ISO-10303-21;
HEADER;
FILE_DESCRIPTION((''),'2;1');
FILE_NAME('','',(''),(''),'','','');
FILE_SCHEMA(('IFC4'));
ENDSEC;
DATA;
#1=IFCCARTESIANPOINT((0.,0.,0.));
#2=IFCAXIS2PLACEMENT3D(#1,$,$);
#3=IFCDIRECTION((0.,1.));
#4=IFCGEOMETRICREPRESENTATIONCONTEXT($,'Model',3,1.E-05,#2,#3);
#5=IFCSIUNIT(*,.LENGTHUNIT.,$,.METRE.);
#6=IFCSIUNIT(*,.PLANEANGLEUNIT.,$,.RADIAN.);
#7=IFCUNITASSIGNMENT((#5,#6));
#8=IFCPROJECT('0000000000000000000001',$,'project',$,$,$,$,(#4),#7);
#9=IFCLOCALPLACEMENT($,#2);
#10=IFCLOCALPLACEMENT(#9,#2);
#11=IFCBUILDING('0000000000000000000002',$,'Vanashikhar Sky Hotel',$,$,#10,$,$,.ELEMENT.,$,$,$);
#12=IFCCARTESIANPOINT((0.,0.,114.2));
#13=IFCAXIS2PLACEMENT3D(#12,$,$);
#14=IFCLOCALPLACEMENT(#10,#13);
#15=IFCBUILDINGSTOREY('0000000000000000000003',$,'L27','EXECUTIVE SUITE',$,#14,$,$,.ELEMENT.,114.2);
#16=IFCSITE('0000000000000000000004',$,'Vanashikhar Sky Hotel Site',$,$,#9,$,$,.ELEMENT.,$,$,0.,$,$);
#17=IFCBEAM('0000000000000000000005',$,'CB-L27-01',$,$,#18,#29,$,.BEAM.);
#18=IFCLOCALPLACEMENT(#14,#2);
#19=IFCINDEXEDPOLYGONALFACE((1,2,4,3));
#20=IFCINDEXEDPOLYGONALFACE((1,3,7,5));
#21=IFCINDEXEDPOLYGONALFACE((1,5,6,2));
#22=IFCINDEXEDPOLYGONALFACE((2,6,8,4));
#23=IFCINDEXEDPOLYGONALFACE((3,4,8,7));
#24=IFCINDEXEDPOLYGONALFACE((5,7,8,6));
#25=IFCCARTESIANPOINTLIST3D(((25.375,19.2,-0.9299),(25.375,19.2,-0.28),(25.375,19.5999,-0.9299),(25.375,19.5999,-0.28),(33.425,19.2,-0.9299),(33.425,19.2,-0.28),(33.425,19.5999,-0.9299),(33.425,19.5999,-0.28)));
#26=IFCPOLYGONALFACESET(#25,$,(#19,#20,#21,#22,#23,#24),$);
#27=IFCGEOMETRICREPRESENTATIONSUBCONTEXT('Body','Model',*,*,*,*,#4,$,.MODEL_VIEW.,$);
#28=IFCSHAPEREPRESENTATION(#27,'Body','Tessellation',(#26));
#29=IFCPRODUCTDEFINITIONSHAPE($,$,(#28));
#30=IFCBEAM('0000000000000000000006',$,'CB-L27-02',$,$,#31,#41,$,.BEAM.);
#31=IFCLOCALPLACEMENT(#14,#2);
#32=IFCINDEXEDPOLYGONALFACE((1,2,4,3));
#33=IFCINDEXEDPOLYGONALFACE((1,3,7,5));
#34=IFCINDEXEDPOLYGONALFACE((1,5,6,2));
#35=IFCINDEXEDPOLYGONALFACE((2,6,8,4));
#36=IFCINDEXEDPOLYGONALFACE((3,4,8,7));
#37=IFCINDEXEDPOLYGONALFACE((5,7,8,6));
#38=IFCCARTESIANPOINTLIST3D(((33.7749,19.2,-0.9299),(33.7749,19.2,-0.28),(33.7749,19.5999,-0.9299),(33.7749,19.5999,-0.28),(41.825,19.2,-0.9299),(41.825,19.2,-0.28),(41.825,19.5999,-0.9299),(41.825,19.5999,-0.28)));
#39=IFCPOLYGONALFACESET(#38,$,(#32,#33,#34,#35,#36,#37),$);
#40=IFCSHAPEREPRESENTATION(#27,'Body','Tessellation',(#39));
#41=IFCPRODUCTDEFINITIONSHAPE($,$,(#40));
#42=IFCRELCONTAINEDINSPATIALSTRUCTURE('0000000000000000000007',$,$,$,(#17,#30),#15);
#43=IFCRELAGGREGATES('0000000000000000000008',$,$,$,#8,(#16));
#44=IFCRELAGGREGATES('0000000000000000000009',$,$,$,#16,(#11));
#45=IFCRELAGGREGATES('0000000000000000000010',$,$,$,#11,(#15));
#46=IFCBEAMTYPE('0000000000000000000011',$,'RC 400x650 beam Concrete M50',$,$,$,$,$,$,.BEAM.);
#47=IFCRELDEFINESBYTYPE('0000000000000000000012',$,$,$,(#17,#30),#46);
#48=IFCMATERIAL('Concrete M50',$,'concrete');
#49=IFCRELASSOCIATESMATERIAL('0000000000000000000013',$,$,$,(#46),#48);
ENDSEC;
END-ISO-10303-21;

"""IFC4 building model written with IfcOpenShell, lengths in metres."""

from ifc_helpers import new_model, si_unit, direction, frame, origin, origin_2d, place, context, subcontext, project, spatial, rectangle, extrude, source, transform, mapped, material, material_profile, profile_set, type_object, element, save


model = new_model("IFC4")

# Units and contexts
model_context = context("Model", 3, precision=1e-05, world=origin(), true_north=direction((0.0, 1.0)))
body_context = subcontext(model_context, "Body", "Model", "MODEL_VIEW")
ifc_project = project(units=[si_unit("LENGTHUNIT", "METRE"), si_unit("PLANEANGLEUNIT", "RADIAN")], contexts=[model_context])

# Site, building, storey
site_placement = place(None, origin())
site = spatial("IfcSite", under=ifc_project, at=site_placement, Name="Vanashikhar Sky Hotel Site", CompositionType="ELEMENT", RefElevation=0.0)
building_placement = place(site_placement, origin())
building = spatial("IfcBuilding", under=site, at=building_placement, Name="Vanashikhar Sky Hotel", CompositionType="ELEMENT")
storey_placement = place(building_placement, frame((0.0, 0.0, 114.2)))
storey = spatial("IfcBuildingStorey", under=building, at=storey_placement, Name="L27", Description="EXECUTIVE SUITE", CompositionType="ELEMENT", Elevation=114.2)

# Beams
ifc_material_1 = material(Name="Concrete M50", Category="concrete")
ifc_material_profile = material_profile(ifc_material_1, rectangle(XDim=0.3999, YDim=0.6499, at=origin_2d()))
ifc_profile_set = profile_set([ifc_material_profile], Name="RC 400x650 beam Concrete M50")
beam_type = type_object("IfcBeamType", Name="RC 400x650 beam Concrete M50", PredefinedType="BEAM", material=ifc_profile_set)
shared_shape_1 = source(origin(), body_context, "Body", "SweptSolid", [
    extrude(rectangle(XDim=0.3999, YDim=0.6499, at=origin_2d()), origin(), (0.0, 0.0, 1.0), 8.05),
])
for number, where, z_axis, x_axis, name in (
    (1, (25.375, 19.3999, -0.605), (1.0, 0.0, 0.0), (0.0, 1.0, 0.0), "CB-L27-01"),
    (2, (33.7749, 19.3999, -0.605), (1.0, 0.0, 0.0), (0.0, 1.0, 0.0), "CB-L27-02"),
):
    element("IfcBeam", number, at=place(storey_placement, frame(where, z_axis=z_axis, x_axis=x_axis)), inside=storey, type_object=beam_type, Name=name, PredefinedType="BEAM", context=body_context, shape_type="MappedRepresentation", body=[
        mapped(shared_shape_1, transform((0.0, 0.0, 0.0), scale=1.0)),
    ])

save(model, "model.ifc")
